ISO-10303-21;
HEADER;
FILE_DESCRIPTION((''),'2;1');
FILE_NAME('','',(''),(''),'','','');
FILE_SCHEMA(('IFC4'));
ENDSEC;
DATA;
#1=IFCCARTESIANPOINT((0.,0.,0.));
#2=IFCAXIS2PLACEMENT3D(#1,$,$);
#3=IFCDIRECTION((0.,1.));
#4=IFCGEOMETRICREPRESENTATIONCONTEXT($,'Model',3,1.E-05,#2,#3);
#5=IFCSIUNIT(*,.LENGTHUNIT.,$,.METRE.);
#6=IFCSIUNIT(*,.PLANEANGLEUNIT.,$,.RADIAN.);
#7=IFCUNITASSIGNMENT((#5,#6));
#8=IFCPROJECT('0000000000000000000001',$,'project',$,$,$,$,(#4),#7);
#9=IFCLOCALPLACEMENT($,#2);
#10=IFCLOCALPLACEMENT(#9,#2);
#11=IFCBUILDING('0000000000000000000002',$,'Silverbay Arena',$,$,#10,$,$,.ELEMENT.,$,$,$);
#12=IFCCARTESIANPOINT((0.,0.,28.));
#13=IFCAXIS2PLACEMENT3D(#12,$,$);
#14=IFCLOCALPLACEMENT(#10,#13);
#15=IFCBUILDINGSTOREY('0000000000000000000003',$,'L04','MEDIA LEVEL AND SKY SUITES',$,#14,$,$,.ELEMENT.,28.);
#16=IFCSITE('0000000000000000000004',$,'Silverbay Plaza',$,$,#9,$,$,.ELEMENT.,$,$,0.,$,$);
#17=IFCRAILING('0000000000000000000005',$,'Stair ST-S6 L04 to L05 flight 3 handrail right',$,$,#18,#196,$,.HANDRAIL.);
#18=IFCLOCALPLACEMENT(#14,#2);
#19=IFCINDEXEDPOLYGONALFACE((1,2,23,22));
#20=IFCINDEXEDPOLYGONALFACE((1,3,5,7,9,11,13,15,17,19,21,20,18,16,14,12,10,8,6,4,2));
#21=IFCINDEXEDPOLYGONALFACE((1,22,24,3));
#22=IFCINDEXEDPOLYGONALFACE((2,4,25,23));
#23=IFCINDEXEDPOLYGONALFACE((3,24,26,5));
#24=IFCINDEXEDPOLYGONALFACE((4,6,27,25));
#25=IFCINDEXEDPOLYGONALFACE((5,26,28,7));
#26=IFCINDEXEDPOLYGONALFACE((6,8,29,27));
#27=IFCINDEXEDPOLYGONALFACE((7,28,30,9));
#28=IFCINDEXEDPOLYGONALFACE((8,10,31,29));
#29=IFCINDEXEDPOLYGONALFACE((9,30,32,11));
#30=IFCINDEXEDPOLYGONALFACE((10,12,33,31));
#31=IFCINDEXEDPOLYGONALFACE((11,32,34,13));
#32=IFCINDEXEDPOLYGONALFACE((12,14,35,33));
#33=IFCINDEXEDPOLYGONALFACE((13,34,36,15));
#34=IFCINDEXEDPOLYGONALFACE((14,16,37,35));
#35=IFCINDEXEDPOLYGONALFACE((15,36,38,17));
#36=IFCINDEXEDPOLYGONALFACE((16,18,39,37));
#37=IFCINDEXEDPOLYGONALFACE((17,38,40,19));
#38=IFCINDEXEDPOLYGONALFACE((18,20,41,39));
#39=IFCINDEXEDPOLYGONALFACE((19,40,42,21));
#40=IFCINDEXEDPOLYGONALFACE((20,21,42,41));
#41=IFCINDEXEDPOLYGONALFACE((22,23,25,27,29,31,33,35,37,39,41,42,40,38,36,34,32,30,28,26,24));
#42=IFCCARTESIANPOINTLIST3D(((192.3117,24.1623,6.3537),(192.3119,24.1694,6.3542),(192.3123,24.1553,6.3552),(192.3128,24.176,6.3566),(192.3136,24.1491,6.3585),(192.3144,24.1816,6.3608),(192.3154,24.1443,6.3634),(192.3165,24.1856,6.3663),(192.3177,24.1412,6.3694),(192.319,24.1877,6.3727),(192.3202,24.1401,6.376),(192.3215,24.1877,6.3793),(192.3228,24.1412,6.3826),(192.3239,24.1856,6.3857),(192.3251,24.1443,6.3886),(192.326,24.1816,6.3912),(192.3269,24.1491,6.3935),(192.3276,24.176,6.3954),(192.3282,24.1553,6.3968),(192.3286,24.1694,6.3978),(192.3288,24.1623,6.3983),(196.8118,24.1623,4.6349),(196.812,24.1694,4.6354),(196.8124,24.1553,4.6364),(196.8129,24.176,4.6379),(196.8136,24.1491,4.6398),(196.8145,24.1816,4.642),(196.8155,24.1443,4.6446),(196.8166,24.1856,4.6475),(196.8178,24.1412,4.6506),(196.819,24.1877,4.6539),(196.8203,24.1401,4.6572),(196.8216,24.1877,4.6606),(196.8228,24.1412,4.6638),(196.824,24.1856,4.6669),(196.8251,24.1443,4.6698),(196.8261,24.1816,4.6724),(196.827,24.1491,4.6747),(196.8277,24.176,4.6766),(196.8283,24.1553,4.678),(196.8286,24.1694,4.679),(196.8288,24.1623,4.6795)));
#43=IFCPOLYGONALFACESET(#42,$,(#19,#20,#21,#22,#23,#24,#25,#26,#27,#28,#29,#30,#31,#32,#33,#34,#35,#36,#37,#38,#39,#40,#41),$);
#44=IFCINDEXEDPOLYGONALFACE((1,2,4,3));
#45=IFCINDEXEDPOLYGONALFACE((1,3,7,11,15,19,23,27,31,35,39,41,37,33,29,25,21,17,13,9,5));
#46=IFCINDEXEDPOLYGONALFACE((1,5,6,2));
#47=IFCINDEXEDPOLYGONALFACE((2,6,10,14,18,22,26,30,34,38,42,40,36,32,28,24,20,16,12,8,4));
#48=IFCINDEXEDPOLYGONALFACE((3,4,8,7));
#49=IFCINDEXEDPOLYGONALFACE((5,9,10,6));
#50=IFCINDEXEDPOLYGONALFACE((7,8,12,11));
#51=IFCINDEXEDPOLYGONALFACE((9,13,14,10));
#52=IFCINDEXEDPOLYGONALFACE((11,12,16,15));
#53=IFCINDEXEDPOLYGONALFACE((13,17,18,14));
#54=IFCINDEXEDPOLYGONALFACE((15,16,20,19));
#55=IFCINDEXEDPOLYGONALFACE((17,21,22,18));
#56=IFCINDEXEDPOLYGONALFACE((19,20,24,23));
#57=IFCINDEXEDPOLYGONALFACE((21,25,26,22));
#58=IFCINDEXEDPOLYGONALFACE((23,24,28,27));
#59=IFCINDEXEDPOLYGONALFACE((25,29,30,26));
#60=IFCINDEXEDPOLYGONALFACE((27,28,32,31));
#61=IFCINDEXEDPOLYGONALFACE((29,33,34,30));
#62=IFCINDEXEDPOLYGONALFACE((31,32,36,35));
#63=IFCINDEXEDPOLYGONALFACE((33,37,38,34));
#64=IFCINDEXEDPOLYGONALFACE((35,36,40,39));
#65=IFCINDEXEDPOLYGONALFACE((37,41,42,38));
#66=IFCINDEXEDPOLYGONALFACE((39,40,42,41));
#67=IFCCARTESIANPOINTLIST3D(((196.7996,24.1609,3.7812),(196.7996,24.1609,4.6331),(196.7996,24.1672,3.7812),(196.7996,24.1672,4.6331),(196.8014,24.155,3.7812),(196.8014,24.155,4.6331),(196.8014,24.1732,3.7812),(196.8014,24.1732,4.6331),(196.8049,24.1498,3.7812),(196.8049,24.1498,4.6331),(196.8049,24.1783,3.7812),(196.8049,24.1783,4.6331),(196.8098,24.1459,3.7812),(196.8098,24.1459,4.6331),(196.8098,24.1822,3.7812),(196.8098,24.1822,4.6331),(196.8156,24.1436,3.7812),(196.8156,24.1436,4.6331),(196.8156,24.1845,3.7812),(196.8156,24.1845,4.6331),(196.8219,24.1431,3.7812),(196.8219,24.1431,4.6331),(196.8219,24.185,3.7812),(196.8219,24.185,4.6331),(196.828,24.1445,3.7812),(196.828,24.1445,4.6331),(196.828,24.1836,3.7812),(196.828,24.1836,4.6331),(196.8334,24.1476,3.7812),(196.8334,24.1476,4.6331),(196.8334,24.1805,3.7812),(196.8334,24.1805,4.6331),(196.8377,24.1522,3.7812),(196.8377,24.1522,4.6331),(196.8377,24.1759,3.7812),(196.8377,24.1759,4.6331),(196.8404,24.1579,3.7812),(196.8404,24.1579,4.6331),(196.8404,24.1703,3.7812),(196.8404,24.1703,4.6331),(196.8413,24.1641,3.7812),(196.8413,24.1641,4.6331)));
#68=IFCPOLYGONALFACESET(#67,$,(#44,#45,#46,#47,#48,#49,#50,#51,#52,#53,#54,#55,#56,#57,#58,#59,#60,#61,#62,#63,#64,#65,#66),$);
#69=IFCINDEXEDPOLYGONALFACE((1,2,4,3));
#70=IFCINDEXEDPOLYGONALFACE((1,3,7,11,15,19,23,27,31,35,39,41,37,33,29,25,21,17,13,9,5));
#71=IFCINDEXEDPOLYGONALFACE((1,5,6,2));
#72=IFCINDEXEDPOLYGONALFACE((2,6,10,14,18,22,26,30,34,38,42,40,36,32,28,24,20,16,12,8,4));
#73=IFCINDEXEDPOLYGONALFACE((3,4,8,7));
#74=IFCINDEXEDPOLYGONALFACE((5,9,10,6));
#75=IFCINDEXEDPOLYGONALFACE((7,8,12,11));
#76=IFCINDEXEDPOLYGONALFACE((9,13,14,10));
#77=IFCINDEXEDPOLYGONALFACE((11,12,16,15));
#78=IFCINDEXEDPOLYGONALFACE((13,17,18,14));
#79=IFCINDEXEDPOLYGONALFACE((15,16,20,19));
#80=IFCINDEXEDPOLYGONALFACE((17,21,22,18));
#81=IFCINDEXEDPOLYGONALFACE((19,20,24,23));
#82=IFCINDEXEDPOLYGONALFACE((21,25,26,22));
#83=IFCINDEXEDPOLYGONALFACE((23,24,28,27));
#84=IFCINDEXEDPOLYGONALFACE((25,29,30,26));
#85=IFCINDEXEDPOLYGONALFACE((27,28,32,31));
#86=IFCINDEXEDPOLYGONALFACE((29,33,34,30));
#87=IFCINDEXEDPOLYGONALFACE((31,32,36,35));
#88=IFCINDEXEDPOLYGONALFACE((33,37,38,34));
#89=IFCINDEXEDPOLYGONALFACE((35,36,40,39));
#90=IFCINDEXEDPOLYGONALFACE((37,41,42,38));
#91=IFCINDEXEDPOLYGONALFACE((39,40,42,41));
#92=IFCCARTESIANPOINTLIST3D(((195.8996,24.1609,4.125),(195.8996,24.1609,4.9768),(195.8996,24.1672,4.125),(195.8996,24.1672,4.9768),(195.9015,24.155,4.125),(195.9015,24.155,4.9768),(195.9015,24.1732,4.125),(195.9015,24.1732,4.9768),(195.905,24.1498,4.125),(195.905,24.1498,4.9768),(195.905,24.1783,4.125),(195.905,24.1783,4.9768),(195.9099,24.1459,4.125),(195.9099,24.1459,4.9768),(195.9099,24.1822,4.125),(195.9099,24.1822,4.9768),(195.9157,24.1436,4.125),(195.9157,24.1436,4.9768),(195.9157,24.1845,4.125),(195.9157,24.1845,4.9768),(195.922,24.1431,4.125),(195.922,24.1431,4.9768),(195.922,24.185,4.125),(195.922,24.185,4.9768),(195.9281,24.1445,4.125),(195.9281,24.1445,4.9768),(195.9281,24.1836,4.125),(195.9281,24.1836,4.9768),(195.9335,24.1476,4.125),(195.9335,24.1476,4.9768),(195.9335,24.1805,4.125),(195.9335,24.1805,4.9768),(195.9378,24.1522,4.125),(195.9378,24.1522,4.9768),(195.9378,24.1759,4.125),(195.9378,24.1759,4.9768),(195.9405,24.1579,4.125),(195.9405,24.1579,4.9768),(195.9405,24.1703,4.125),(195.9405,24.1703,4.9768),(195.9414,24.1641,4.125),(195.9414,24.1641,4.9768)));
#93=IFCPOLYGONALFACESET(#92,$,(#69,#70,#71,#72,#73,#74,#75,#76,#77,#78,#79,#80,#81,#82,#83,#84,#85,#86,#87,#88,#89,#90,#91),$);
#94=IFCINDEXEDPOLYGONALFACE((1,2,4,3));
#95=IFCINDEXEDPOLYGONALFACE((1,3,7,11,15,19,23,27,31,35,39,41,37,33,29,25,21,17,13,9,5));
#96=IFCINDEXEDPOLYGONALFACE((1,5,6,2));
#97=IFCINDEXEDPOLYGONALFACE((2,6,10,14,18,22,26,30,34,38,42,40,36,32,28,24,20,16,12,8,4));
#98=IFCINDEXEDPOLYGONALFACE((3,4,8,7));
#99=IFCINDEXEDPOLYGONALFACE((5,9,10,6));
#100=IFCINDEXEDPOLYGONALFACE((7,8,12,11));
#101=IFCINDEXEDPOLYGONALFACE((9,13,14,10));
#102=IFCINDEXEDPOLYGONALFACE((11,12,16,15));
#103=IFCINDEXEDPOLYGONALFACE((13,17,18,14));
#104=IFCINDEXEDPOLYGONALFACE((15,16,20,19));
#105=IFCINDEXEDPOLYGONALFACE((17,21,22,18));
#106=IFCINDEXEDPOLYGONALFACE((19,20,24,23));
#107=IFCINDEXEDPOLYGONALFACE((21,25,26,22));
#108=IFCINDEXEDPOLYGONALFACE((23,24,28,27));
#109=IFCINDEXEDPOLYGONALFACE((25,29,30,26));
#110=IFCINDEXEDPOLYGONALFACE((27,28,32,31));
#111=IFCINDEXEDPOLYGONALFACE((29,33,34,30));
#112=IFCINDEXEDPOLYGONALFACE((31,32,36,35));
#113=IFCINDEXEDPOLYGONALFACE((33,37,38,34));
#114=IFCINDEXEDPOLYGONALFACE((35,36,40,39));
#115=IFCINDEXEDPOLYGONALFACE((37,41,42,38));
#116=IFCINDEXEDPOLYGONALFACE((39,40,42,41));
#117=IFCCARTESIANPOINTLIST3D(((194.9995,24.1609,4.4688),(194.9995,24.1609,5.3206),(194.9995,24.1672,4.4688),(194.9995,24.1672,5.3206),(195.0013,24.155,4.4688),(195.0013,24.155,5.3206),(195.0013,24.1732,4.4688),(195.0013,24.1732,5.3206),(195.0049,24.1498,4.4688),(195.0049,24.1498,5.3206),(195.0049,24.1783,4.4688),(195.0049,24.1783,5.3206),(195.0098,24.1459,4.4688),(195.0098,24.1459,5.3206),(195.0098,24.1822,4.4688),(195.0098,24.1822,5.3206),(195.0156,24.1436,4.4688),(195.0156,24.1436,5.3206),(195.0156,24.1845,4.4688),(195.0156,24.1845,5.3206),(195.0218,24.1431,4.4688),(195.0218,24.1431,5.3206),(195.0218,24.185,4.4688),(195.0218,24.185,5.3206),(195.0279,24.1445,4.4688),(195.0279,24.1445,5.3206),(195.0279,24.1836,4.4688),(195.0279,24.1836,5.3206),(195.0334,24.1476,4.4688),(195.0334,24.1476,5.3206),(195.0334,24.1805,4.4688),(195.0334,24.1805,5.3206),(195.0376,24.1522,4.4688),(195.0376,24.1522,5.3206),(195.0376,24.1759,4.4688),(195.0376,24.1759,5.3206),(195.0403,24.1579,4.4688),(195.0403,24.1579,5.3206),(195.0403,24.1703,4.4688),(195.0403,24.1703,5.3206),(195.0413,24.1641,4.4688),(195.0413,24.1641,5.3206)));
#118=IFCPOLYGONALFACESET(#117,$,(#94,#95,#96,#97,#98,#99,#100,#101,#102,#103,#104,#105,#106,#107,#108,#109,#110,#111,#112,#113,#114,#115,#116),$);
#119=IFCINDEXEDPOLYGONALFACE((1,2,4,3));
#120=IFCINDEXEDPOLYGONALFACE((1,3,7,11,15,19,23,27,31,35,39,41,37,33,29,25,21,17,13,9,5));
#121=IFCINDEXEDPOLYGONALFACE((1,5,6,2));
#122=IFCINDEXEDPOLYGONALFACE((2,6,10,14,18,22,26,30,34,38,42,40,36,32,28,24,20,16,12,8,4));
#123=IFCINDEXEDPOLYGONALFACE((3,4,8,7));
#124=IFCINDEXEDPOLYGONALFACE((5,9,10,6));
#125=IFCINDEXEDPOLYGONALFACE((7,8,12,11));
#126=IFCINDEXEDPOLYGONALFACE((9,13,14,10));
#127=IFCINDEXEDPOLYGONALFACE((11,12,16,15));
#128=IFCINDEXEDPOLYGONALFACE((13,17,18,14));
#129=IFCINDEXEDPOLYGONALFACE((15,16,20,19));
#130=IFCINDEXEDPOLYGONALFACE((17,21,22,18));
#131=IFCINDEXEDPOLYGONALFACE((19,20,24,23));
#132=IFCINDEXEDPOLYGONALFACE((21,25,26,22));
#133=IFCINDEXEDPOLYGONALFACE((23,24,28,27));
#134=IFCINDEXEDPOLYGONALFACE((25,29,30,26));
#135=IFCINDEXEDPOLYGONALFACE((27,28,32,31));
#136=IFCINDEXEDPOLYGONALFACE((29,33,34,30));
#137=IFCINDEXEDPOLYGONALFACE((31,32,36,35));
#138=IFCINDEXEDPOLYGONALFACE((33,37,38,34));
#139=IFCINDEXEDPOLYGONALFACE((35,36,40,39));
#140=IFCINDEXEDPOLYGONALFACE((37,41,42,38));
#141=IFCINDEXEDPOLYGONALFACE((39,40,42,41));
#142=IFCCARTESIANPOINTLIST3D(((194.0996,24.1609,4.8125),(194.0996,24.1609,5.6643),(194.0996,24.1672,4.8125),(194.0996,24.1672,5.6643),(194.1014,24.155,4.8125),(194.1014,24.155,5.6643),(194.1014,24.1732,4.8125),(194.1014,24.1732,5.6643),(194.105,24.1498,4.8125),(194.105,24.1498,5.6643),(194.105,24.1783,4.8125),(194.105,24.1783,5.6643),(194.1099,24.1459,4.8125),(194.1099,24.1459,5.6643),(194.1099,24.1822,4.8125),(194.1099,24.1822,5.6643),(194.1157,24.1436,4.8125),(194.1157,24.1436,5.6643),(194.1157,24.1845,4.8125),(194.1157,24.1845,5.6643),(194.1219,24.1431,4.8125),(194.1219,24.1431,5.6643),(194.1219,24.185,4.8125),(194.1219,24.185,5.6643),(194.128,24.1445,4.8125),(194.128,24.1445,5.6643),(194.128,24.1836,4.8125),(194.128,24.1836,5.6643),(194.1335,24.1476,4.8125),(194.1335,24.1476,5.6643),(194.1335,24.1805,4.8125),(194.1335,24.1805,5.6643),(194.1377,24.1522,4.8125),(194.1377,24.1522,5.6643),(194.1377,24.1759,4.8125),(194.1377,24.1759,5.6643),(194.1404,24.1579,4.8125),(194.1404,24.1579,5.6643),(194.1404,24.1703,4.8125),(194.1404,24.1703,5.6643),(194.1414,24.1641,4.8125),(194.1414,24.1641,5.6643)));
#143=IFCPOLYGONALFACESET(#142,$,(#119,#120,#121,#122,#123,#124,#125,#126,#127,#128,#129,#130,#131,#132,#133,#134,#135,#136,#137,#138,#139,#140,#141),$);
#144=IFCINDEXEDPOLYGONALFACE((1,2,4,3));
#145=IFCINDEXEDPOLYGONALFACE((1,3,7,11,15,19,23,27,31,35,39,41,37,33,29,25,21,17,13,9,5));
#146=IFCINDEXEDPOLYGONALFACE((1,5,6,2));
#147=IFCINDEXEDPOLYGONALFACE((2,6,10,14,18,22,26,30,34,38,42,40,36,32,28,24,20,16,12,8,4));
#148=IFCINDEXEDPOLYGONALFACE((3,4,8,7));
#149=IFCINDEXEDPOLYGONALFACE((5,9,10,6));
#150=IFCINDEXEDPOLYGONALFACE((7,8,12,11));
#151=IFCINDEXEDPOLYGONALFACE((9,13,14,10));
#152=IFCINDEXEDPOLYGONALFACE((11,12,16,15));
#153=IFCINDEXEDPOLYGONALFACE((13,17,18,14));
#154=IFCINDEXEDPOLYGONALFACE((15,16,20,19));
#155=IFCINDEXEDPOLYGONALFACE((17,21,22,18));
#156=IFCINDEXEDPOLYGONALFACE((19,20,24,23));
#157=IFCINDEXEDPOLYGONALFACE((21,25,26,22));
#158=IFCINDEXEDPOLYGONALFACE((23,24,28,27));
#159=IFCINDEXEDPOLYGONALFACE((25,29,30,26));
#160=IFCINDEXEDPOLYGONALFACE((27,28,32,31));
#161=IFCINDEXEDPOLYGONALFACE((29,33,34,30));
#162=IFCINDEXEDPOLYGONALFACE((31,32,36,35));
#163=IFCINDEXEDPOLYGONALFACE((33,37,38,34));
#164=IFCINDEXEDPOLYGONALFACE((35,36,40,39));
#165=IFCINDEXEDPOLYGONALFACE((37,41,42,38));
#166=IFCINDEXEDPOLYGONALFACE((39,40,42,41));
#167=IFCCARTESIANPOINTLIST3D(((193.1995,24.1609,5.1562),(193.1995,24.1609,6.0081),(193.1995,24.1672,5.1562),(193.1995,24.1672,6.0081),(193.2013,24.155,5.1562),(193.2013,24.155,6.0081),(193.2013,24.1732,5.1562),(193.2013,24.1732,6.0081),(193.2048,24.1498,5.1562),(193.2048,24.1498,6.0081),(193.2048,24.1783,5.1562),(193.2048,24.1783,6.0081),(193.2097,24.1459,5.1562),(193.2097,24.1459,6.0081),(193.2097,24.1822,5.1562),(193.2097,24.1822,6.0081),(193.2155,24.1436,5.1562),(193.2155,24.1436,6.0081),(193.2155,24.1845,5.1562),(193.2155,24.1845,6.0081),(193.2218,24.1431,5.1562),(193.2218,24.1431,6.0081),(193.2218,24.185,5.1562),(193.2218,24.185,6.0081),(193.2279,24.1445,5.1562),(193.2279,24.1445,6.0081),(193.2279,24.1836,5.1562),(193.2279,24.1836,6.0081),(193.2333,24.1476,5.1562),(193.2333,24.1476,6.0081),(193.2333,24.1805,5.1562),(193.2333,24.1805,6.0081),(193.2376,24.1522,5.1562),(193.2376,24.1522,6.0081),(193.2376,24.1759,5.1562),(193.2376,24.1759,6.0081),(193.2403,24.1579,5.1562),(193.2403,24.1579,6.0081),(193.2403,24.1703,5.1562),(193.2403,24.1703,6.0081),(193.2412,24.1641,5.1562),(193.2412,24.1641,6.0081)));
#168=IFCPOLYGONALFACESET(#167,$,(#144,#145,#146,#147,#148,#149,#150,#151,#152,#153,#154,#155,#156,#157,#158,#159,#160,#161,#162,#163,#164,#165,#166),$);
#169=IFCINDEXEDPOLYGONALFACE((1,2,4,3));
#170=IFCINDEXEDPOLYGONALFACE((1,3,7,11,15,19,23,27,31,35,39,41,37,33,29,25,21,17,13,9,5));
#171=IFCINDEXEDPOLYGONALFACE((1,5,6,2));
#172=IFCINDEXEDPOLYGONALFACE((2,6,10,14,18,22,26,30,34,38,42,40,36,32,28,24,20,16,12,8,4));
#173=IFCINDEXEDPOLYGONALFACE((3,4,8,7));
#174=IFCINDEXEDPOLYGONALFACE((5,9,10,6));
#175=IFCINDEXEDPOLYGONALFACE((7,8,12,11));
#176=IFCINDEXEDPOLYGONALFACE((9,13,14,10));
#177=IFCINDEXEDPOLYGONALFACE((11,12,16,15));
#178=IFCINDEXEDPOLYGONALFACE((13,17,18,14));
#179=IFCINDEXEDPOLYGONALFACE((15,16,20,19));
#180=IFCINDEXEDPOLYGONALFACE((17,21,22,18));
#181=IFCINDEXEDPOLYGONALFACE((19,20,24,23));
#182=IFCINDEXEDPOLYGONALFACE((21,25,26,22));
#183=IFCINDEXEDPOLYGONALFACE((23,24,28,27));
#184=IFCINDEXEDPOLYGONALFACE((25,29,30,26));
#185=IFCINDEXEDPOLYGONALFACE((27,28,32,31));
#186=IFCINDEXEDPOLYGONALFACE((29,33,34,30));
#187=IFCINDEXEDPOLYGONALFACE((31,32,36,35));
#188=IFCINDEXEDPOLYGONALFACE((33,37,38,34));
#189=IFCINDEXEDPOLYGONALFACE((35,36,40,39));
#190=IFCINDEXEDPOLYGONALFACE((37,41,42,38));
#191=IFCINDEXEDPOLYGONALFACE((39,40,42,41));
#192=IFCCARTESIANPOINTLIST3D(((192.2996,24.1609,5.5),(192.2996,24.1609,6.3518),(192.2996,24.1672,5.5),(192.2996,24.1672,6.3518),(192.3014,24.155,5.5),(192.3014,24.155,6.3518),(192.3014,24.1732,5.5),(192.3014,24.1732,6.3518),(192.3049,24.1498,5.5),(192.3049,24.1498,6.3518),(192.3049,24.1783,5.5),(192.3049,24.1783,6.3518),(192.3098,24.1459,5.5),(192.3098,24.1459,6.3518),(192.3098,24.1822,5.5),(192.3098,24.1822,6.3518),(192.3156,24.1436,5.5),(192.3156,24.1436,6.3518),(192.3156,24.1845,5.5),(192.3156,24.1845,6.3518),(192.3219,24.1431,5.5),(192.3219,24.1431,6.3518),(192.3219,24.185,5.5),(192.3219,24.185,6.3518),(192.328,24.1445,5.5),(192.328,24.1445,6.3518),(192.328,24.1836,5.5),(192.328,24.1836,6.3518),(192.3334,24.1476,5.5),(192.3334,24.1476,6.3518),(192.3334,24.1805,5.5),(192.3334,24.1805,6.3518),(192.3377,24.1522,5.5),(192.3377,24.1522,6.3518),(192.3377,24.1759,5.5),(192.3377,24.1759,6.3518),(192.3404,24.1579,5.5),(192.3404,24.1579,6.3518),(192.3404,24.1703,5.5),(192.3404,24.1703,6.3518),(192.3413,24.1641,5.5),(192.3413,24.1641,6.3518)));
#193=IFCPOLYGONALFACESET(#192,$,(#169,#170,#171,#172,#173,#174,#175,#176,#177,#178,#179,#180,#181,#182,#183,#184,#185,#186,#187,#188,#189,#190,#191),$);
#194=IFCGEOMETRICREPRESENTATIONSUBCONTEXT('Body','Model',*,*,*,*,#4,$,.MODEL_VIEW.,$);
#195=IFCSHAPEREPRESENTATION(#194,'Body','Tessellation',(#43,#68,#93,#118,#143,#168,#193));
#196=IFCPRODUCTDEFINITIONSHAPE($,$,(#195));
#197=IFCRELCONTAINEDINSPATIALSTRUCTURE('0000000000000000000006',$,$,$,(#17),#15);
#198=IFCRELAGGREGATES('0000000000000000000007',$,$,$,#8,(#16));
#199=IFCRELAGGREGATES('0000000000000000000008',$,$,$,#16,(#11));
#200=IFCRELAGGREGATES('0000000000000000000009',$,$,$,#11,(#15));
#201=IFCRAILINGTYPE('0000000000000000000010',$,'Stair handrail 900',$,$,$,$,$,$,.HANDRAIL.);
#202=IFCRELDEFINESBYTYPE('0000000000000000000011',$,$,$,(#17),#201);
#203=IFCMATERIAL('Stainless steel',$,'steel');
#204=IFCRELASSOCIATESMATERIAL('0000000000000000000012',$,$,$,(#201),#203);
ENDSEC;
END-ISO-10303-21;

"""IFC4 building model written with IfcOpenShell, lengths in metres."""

from ifc_helpers import new_model, si_unit, direction, frame, origin, origin_2d, place, context, subcontext, project, spatial, circle, extrude, material, type_object, element, save


model = new_model("IFC4")

# Units and contexts
model_context = context("Model", 3, precision=1e-05, world=origin(), true_north=direction((0.0, 1.0)))
body_context = subcontext(model_context, "Body", "Model", "MODEL_VIEW")
ifc_project = project(units=[si_unit("LENGTHUNIT", "METRE"), si_unit("PLANEANGLEUNIT", "RADIAN")], contexts=[model_context])

# Site, building, storey
site_placement = place(None, origin())
site = spatial("IfcSite", under=ifc_project, at=site_placement, Name="Silverbay Plaza", CompositionType="ELEMENT", RefElevation=0.0)
building_placement = place(site_placement, origin())
building = spatial("IfcBuilding", under=site, at=building_placement, Name="Silverbay Arena", CompositionType="ELEMENT")
storey_placement = place(building_placement, frame((0.0, 0.0, 28.0)))
storey = spatial("IfcBuildingStorey", under=building, at=storey_placement, Name="L04", Description="MEDIA LEVEL AND SKY SUITES", CompositionType="ELEMENT", Elevation=28.0)

# Railing
ifc_material_1 = material(Name="Stainless steel", Category="steel")
railing_type_1 = type_object("IfcRailingType", Name="Stair handrail 900", PredefinedType="HANDRAIL", material=ifc_material_1)
for number, where, name in (
    (1, (196.8203, 24.1641, 3.7812), "Stair ST-S6 L04 to L05 flight 3 handrail right"),
):
    element("IfcRailing", number, at=place(storey_placement, frame(where)), inside=storey, type_object=railing_type_1, Name=name, PredefinedType="HANDRAIL", context=body_context, shape_type="SweptSolid", body=[
        extrude(circle(Radius=0.0239, at=origin_2d()), frame((0.0, 0.0, 0.876), z_axis=(-0.934179, 0.0, 0.356805), x_axis=(0.0, -1.0, 0.0)), (0.0, 0.0, 1.0), 4.8171),
        extrude(circle(Radius=0.021, at=origin_2d()), origin(), (0.0, 0.0, 1.0), 0.8518),
        extrude(circle(Radius=0.021, at=origin_2d()), frame((-0.8999, 0.0, 0.3438)), (0.0, 0.0, 1.0), 0.8518),
        extrude(circle(Radius=0.021, at=origin_2d()), frame((-1.8, 0.0, 0.6875)), (0.0, 0.0, 1.0), 0.8518),
        extrude(circle(Radius=0.021, at=origin_2d()), frame((-2.7, 0.0, 1.0312)), (0.0, 0.0, 1.0), 0.8518),
        extrude(circle(Radius=0.021, at=origin_2d()), frame((-3.6001, 0.0, 1.375)), (0.0, 0.0, 1.0), 0.8518),
        extrude(circle(Radius=0.021, at=origin_2d()), frame((-4.5, 0.0, 1.7188)), (0.0, 0.0, 1.0), 0.8518),
    ])

save(model, "model.ifc")
